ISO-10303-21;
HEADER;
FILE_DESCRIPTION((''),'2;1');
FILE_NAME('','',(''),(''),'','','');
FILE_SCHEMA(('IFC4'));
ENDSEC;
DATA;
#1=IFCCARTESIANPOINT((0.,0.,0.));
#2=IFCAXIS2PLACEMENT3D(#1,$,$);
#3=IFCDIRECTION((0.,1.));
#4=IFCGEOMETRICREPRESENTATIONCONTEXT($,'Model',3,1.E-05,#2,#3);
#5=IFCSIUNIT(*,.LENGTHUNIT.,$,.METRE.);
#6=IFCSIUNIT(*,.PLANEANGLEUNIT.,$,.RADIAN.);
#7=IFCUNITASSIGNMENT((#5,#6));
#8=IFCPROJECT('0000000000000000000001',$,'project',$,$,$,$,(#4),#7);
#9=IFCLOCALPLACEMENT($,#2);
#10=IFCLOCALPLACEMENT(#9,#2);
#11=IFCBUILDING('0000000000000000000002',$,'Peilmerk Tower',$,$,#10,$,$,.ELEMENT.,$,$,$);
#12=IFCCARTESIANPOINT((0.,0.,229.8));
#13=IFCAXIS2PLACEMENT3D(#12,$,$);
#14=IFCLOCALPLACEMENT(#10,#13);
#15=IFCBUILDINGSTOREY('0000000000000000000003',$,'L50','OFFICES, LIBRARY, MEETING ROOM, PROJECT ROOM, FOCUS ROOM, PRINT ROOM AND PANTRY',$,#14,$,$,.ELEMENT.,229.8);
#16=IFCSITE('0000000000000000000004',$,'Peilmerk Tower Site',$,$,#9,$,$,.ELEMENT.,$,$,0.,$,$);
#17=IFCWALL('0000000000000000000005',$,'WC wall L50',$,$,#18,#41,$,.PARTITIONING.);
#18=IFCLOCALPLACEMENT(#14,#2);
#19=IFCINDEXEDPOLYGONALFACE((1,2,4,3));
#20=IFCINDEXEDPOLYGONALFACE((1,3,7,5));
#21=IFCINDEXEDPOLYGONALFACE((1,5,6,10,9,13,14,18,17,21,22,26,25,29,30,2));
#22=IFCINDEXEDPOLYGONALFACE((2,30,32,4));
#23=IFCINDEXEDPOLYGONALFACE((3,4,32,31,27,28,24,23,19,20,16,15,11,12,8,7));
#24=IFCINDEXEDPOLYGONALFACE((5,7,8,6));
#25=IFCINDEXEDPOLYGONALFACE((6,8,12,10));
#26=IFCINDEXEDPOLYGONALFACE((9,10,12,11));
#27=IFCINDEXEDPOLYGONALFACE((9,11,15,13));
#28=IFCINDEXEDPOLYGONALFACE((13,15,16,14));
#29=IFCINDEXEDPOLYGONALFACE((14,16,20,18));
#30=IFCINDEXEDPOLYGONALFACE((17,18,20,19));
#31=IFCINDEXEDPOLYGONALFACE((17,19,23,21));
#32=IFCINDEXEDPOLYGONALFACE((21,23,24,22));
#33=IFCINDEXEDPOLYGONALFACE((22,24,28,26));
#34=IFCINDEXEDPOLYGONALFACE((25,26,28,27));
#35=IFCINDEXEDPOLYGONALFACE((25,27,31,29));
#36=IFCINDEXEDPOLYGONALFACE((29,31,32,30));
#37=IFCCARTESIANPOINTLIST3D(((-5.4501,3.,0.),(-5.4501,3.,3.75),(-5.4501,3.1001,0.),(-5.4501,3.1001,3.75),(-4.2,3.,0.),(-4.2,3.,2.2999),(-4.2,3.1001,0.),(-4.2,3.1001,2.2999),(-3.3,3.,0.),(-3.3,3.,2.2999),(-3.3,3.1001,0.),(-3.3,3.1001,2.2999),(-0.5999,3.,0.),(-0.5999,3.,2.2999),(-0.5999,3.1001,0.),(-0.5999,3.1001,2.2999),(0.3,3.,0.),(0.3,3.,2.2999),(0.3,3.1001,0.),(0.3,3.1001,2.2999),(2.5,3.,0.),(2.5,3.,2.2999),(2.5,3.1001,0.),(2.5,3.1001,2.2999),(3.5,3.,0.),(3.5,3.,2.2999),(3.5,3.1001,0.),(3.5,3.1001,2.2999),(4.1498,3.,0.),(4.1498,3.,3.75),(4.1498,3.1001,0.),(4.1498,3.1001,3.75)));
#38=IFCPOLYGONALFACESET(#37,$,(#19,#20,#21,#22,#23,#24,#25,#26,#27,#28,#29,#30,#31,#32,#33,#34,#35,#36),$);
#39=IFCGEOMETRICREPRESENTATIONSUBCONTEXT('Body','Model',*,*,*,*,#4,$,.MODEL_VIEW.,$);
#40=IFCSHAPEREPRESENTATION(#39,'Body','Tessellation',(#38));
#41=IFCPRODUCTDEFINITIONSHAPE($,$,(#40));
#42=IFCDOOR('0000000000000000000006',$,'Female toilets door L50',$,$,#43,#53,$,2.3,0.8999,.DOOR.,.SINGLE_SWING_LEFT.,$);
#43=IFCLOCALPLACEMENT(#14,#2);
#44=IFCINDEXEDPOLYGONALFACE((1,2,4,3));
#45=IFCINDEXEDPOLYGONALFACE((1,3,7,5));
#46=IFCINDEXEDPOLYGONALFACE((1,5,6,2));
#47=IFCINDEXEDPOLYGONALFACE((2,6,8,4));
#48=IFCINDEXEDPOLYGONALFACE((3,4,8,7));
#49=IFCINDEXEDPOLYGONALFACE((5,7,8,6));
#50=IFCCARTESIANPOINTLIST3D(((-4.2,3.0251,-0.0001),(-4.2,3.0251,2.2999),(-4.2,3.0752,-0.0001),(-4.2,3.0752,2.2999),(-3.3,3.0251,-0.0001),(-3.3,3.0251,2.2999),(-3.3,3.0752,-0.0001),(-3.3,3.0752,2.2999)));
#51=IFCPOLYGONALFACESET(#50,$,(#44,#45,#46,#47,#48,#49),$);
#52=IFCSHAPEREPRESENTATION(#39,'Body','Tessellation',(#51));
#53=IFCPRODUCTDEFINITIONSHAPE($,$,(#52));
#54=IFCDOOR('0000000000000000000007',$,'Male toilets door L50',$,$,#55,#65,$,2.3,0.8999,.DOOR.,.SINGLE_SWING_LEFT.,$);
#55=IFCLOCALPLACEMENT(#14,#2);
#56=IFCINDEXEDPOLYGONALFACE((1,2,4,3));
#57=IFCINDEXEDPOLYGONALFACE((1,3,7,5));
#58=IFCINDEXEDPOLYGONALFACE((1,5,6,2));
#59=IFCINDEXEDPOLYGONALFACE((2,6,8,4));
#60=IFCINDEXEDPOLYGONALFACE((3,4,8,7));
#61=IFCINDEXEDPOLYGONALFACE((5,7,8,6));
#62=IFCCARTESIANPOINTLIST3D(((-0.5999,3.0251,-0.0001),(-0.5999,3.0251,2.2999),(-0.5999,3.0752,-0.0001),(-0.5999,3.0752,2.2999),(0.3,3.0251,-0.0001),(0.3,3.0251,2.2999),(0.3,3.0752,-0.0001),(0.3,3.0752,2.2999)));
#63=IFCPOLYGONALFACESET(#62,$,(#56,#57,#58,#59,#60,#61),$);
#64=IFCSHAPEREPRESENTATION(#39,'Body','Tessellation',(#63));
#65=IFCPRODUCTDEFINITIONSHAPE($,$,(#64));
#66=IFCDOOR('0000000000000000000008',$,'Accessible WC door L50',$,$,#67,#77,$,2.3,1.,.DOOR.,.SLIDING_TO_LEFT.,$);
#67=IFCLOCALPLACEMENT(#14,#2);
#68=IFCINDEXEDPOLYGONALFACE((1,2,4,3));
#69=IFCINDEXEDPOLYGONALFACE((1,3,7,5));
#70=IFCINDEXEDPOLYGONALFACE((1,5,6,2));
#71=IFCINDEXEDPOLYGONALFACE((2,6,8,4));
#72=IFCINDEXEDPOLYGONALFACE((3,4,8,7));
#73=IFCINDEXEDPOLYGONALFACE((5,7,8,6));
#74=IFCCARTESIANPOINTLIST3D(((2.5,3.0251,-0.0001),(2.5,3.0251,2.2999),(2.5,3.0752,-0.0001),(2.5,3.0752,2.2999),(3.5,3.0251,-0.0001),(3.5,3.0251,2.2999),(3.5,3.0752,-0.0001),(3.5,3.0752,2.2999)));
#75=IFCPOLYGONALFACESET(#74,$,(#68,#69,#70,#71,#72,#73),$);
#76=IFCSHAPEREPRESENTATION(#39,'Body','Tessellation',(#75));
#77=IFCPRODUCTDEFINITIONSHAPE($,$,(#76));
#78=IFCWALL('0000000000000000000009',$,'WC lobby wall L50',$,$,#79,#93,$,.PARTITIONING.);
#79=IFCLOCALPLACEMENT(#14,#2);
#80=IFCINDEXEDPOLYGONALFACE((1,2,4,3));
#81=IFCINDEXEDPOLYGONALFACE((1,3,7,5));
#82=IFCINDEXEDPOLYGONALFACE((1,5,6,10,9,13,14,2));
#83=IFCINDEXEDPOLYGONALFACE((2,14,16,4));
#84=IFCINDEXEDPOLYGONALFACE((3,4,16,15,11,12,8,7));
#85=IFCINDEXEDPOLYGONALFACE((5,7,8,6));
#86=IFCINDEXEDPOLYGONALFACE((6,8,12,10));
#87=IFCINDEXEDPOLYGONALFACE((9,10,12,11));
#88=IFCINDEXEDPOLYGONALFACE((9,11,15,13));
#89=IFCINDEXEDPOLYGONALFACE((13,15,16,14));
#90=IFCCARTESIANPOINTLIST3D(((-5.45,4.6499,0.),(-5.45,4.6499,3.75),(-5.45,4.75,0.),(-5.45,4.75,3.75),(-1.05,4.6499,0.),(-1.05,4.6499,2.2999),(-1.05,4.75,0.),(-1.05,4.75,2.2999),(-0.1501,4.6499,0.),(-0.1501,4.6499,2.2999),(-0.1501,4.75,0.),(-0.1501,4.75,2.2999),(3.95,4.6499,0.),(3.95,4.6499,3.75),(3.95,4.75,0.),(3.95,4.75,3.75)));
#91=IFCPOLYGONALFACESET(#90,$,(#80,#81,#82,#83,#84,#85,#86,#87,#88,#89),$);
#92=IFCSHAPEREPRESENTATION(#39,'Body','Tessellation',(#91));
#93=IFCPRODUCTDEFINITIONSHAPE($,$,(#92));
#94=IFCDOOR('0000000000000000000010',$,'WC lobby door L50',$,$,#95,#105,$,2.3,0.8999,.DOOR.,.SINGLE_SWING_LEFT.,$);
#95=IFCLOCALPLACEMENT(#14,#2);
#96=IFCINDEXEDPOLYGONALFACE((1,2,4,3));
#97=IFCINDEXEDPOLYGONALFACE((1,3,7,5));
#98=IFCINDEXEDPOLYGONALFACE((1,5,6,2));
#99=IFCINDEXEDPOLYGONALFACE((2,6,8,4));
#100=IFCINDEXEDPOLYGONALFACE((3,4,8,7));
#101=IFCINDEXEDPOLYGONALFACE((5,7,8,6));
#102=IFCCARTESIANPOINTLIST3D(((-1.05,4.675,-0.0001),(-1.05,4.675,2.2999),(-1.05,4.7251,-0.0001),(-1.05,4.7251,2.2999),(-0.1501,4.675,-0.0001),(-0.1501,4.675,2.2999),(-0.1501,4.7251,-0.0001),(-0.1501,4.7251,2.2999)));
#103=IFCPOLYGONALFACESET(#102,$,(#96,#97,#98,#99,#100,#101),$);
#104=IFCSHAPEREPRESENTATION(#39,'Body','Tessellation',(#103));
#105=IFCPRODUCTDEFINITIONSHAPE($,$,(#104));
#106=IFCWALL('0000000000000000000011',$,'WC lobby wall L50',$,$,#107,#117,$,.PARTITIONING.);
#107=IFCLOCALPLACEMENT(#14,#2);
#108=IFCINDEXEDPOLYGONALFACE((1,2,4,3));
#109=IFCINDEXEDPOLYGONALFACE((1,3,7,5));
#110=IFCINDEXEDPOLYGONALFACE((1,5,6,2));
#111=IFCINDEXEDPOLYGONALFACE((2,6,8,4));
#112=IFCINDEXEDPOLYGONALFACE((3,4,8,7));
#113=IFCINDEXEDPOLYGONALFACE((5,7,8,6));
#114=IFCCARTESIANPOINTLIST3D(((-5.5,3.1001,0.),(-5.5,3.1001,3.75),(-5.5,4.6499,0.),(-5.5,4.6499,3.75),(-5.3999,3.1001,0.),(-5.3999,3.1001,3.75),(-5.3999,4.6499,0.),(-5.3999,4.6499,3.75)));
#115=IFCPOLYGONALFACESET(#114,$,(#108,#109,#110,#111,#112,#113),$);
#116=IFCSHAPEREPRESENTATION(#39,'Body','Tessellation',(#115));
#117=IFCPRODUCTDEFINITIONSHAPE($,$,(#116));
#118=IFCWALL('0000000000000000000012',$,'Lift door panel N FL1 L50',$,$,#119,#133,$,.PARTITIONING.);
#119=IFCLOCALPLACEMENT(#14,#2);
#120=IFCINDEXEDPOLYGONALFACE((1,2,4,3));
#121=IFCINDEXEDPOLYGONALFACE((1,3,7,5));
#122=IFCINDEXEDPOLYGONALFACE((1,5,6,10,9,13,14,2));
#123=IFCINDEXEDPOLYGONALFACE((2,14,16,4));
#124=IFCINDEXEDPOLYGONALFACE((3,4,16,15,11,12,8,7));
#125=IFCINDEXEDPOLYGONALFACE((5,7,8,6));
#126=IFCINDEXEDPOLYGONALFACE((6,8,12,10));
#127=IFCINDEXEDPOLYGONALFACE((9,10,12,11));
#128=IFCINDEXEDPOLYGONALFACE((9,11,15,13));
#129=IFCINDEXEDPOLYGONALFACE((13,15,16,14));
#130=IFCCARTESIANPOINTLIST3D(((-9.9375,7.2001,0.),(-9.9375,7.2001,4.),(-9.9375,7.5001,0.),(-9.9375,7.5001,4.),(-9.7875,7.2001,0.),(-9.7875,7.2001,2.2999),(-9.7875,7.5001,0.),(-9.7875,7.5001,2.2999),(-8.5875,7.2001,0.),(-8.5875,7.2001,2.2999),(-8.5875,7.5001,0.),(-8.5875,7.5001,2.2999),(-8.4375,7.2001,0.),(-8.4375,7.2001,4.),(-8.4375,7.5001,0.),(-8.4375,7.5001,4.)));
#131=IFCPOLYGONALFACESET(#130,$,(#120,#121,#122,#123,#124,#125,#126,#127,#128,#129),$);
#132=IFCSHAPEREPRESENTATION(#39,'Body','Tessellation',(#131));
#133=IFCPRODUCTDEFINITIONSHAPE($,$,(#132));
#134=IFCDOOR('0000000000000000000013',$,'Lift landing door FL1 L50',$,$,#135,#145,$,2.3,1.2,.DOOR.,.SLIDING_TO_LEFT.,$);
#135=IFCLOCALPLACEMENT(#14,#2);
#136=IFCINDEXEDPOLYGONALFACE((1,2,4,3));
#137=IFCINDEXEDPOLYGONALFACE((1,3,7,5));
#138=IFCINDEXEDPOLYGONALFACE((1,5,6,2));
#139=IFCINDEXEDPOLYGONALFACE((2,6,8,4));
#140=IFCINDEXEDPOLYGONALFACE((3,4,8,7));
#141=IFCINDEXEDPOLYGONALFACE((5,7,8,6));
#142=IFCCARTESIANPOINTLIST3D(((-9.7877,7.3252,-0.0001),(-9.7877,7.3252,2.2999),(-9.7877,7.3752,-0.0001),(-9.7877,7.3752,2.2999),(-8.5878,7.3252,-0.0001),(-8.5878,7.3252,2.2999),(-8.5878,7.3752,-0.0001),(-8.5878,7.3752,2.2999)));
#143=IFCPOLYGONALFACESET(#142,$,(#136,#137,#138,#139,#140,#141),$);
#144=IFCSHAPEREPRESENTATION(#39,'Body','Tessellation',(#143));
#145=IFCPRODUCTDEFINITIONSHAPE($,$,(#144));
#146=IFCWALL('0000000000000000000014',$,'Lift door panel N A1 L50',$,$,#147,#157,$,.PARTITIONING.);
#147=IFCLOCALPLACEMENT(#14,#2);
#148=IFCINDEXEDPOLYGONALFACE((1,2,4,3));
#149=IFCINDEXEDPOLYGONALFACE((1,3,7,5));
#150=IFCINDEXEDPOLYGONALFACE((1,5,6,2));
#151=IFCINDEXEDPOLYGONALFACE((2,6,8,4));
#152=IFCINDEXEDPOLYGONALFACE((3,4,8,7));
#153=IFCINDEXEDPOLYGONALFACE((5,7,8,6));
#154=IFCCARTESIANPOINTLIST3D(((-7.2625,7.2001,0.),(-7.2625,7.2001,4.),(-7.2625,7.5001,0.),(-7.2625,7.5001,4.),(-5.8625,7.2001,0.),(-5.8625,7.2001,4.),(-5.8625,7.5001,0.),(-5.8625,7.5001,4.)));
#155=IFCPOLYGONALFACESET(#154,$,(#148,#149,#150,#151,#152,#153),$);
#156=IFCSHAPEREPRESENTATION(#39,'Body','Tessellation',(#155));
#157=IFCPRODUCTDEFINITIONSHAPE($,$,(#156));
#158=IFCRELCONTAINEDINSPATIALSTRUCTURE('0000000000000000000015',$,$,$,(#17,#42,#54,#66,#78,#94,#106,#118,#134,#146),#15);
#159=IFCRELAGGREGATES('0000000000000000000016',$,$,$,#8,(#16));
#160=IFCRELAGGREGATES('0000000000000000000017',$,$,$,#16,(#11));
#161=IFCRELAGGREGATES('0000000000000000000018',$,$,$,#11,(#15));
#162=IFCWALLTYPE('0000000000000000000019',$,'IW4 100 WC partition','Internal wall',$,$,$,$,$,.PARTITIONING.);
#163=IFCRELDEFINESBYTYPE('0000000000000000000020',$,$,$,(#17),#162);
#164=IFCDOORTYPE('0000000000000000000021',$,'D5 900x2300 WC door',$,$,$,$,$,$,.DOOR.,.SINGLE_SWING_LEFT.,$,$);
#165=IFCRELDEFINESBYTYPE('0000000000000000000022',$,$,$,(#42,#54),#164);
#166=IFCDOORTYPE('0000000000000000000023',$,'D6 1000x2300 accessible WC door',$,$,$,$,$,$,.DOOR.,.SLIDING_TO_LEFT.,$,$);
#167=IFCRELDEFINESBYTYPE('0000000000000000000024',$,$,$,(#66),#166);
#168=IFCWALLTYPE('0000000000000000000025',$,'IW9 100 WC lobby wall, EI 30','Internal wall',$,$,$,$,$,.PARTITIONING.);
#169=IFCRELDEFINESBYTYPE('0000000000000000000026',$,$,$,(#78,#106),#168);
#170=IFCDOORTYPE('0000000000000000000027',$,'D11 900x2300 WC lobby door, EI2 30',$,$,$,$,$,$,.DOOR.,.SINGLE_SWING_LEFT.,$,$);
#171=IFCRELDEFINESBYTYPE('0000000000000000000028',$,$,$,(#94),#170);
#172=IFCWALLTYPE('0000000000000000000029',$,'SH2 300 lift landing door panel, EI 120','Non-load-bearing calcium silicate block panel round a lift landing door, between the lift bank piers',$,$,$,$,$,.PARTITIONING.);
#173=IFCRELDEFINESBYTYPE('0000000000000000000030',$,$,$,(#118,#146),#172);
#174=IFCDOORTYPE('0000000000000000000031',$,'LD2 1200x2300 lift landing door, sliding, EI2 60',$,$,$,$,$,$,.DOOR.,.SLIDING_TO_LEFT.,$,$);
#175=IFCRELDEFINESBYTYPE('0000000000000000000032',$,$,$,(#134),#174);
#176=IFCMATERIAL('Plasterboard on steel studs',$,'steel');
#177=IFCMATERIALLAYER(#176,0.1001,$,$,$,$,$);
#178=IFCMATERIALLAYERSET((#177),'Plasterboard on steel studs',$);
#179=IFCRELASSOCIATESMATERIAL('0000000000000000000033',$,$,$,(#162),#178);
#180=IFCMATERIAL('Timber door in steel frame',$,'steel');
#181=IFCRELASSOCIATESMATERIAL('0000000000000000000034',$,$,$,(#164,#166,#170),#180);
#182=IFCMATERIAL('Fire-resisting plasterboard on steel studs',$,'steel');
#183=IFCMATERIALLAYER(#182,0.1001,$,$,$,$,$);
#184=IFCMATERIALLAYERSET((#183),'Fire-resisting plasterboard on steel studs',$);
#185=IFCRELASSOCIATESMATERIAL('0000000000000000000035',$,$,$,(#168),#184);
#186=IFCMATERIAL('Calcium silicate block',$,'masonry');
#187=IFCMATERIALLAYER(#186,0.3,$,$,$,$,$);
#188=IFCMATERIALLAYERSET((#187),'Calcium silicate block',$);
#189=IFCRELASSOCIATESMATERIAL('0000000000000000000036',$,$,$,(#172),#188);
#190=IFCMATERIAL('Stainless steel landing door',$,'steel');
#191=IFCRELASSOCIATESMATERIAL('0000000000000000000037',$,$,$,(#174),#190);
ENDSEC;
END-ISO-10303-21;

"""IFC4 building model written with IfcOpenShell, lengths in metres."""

from ifc_helpers import new_model, si_unit, direction, frame, frame_2d, origin, place, context, subcontext, project, spatial, rectangle, extrude, material, layer, layer_set, type_object, element, fill, save


model = new_model("IFC4")

# Units and contexts
model_context = context("Model", 3, precision=1e-05, world=origin(), true_north=direction((0.0, 1.0)))
body_context = subcontext(model_context, "Body", "Model", "MODEL_VIEW")
ifc_project = project(units=[si_unit("LENGTHUNIT", "METRE"), si_unit("PLANEANGLEUNIT", "RADIAN")], contexts=[model_context])

# Site, building, storey
site_placement = place(None, origin())
site = spatial("IfcSite", under=ifc_project, at=site_placement, Name="Peilmerk Tower Site", CompositionType="ELEMENT", RefElevation=0.0)
building_placement = place(site_placement, origin())
building = spatial("IfcBuilding", under=site, at=building_placement, Name="Peilmerk Tower", CompositionType="ELEMENT")
storey_placement = place(building_placement, frame((0.0, 0.0, 229.8)))
storey = spatial("IfcBuildingStorey", under=building, at=storey_placement, Name="L50", Description="OFFICES, LIBRARY, MEETING ROOM, PROJECT ROOM, FOCUS ROOM, PRINT ROOM AND PANTRY", CompositionType="ELEMENT", Elevation=229.8)

# Wall, openings, doors
ifc_material_1 = material(Name="Plasterboard on steel studs", Category="steel")
ifc_layer_1 = layer(ifc_material_1, 0.1001)
ifc_layer_set_1 = layer_set([ifc_layer_1], Name="Plasterboard on steel studs")
wall_type_1 = type_object("IfcWallType", Name="IW4 100 WC partition", Description="Internal wall", PredefinedType="PARTITIONING", material=ifc_layer_set_1)
wall_1_placement = place(storey_placement, frame((-5.45, 3.05, 0.0), z_axis=(0.0, 0.0, 1.0), x_axis=(1.0, 0.0, 0.0)))
wall_1 = element("IfcWall", 1, at=wall_1_placement, inside=storey, type_object=wall_type_1, Name="WC wall L50", PredefinedType="PARTITIONING", context=body_context, shape_type="SweptSolid", body=[
    extrude(rectangle(XDim=9.5999, YDim=0.1001, at=frame_2d((4.7998, 0.0))), origin(), (0.0, 0.0, 1.0), 3.75),
])
opening_1_placement = place(wall_1_placement, frame((1.25, 0.0, 0.0)))
opening_1 = element("IfcOpeningElement", 2, at=opening_1_placement, cuts=wall_1, PredefinedType="OPENING", context=body_context, shape_type="SweptSolid", body=[
    extrude(rectangle(XDim=0.8999, YDim=2.3, at=frame_2d((0.45, 1.1499))), frame((0.0, 0.0601, 0.0), z_axis=(0.0, -1.0, 0.0), x_axis=(1.0, 0.0, 0.0)), (0.0, 0.0, 1.0), 0.1201),
])
opening_2_placement = place(wall_1_placement, frame((4.8501, 0.0, 0.0)))
opening_2 = element("IfcOpeningElement", 3, at=opening_2_placement, cuts=wall_1, PredefinedType="OPENING", context=body_context, shape_type="SweptSolid", body=[
    extrude(rectangle(XDim=0.8999, YDim=2.3, at=frame_2d((0.45, 1.1499))), frame((0.0, 0.0601, 0.0), z_axis=(0.0, -1.0, 0.0), x_axis=(1.0, 0.0, 0.0)), (0.0, 0.0, 1.0), 0.1201),
])
opening_3_placement = place(wall_1_placement, frame((7.95, 0.0, 0.0)))
opening_3 = element("IfcOpeningElement", 4, at=opening_3_placement, cuts=wall_1, PredefinedType="OPENING", context=body_context, shape_type="SweptSolid", body=[
    extrude(rectangle(XDim=1.0, YDim=2.3, at=frame_2d((0.5, 1.1499))), frame((0.0, 0.0601, 0.0), z_axis=(0.0, -1.0, 0.0), x_axis=(1.0, 0.0, 0.0)), (0.0, 0.0, 1.0), 0.1201),
])
ifc_material_2 = material(Name="Timber door in steel frame", Category="steel")
door_type_1 = type_object("IfcDoorType", Name="D5 900x2300 WC door", OperationType="SINGLE_SWING_LEFT", PredefinedType="DOOR", material=ifc_material_2)
door_1_placement = place(opening_1_placement, frame((0.8999, 0.0, 0.0), z_axis=(0.0, 0.0, 1.0), x_axis=(-1.0, 0.0, 0.0)))
door_1 = element("IfcDoor", 5, at=door_1_placement, inside=storey, type_object=door_type_1, Name="Female toilets door L50", OperationType="SINGLE_SWING_LEFT", OverallHeight=2.3, OverallWidth=0.8999, PredefinedType="DOOR", context=body_context, shape_type="SweptSolid", body=[
    extrude(rectangle(XDim=0.8999, YDim=2.3, at=frame_2d((0.45, 1.1499))), frame((0.0, 0.0249, 0.0), z_axis=(0.0, -1.0, 0.0), x_axis=(1.0, 0.0, 0.0)), (0.0, 0.0, 1.0), 0.05),
])
fill(opening_1, door_1)
door_2_placement = place(opening_2_placement, frame((0.8999, 0.0, 0.0), z_axis=(0.0, 0.0, 1.0), x_axis=(-1.0, 0.0, 0.0)))
door_2 = element("IfcDoor", 6, at=door_2_placement, inside=storey, type_object=door_type_1, Name="Male toilets door L50", OperationType="SINGLE_SWING_LEFT", OverallHeight=2.3, OverallWidth=0.8999, PredefinedType="DOOR", context=body_context, shape_type="SweptSolid", body=[
    extrude(rectangle(XDim=0.8999, YDim=2.3, at=frame_2d((0.45, 1.1499))), frame((0.0, 0.0249, 0.0), z_axis=(0.0, -1.0, 0.0), x_axis=(1.0, 0.0, 0.0)), (0.0, 0.0, 1.0), 0.05),
])
fill(opening_2, door_2)
door_type_2 = type_object("IfcDoorType", Name="D6 1000x2300 accessible WC door", OperationType="SLIDING_TO_LEFT", PredefinedType="DOOR", material=ifc_material_2)
door_3_placement = place(opening_3_placement, frame((1.0, 0.0, 0.0), z_axis=(0.0, 0.0, 1.0), x_axis=(-1.0, 0.0, 0.0)))
door_3 = element("IfcDoor", 7, at=door_3_placement, inside=storey, type_object=door_type_2, Name="Accessible WC door L50", OperationType="SLIDING_TO_LEFT", OverallHeight=2.3, OverallWidth=1.0, PredefinedType="DOOR", context=body_context, shape_type="SweptSolid", body=[
    extrude(rectangle(XDim=1.0, YDim=2.3, at=frame_2d((0.5, 1.1499))), frame((0.0, 0.0249, 0.0), z_axis=(0.0, -1.0, 0.0), x_axis=(1.0, 0.0, 0.0)), (0.0, 0.0, 1.0), 0.05),
])
fill(opening_3, door_3)

# Wall, opening, door
ifc_material_3 = material(Name="Fire-resisting plasterboard on steel studs", Category="steel")
ifc_layer_2 = layer(ifc_material_3, 0.1001)
ifc_layer_set_2 = layer_set([ifc_layer_2], Name="Fire-resisting plasterboard on steel studs")
wall_type_2 = type_object("IfcWallType", Name="IW9 100 WC lobby wall, EI 30", Description="Internal wall", PredefinedType="PARTITIONING", material=ifc_layer_set_2)
wall_2_placement = place(storey_placement, frame((-5.45, 4.7, 0.0), z_axis=(0.0, 0.0, 1.0), x_axis=(1.0, 0.0, 0.0)))
wall_2 = element("IfcWall", 8, at=wall_2_placement, inside=storey, type_object=wall_type_2, Name="WC lobby wall L50", PredefinedType="PARTITIONING", context=body_context, shape_type="SweptSolid", body=[
    extrude(rectangle(XDim=9.3999, YDim=0.1001, at=frame_2d((4.7, 0.0))), origin(), (0.0, 0.0, 1.0), 3.75),
])
opening_4_placement = place(wall_2_placement, frame((4.3999, 0.0, 0.0)))
opening_4 = element("IfcOpeningElement", 9, at=opening_4_placement, cuts=wall_2, PredefinedType="OPENING", context=body_context, shape_type="SweptSolid", body=[
    extrude(rectangle(XDim=0.8999, YDim=2.3, at=frame_2d((0.45, 1.1499))), frame((0.0, 0.0601, 0.0), z_axis=(0.0, -1.0, 0.0), x_axis=(1.0, 0.0, 0.0)), (0.0, 0.0, 1.0), 0.1201),
])
door_type_3 = type_object("IfcDoorType", Name="D11 900x2300 WC lobby door, EI2 30", OperationType="SINGLE_SWING_LEFT", PredefinedType="DOOR", material=ifc_material_2)
door_4_placement = place(opening_4_placement, frame((0.8999, 0.0, 0.0), z_axis=(0.0, 0.0, 1.0), x_axis=(-1.0, 0.0, 0.0)))
door_4 = element("IfcDoor", 10, at=door_4_placement, inside=storey, type_object=door_type_3, Name="WC lobby door L50", OperationType="SINGLE_SWING_LEFT", OverallHeight=2.3, OverallWidth=0.8999, PredefinedType="DOOR", context=body_context, shape_type="SweptSolid", body=[
    extrude(rectangle(XDim=0.8999, YDim=2.3, at=frame_2d((0.45, 1.1499))), frame((0.0, 0.0249, 0.0), z_axis=(0.0, -1.0, 0.0), x_axis=(1.0, 0.0, 0.0)), (0.0, 0.0, 1.0), 0.05),
])
fill(opening_4, door_4)

# Wall
wall_3_placement = place(storey_placement, frame((-5.45, 3.1001, 0.0), z_axis=(0.0, 0.0, 1.0), x_axis=(0.0, 1.0, 0.0)))
element("IfcWall", 11, at=wall_3_placement, inside=storey, type_object=wall_type_2, Name="WC lobby wall L50", PredefinedType="PARTITIONING", context=body_context, shape_type="SweptSolid", body=[
    extrude(rectangle(XDim=1.5498, YDim=0.1001, at=frame_2d((0.7749, 0.0))), origin(), (0.0, 0.0, 1.0), 3.75),
])

# Wall, opening, door
ifc_material_4 = material(Name="Calcium silicate block", Category="masonry")
ifc_layer_3 = layer(ifc_material_4, 0.3)
ifc_layer_set_3 = layer_set([ifc_layer_3], Name="Calcium silicate block")
wall_type_3 = type_object("IfcWallType", Name="SH2 300 lift landing door panel, EI 120", Description="Non-load-bearing calcium silicate block panel round a lift landing door, between the lift bank piers", PredefinedType="PARTITIONING", material=ifc_layer_set_3)
wall_4_placement = place(storey_placement, frame((-9.9375, 7.3501, 0.0), z_axis=(0.0, 0.0, 1.0), x_axis=(1.0, 0.0, 0.0)))
wall_4 = element("IfcWall", 12, at=wall_4_placement, inside=storey, type_object=wall_type_3, Name="Lift door panel N FL1 L50", PredefinedType="PARTITIONING", context=body_context, shape_type="SweptSolid", body=[
    extrude(rectangle(XDim=1.5, YDim=0.3, at=frame_2d((0.75, 0.0))), origin(), (0.0, 0.0, 1.0), 4.0),
])
opening_5_placement = place(wall_4_placement, frame((0.1499, 0.0, 0.0)))
opening_5 = element("IfcOpeningElement", 13, at=opening_5_placement, cuts=wall_4, PredefinedType="OPENING", context=body_context, shape_type="SweptSolid", body=[
    extrude(rectangle(XDim=1.2, YDim=2.3, at=frame_2d((0.6001, 1.1499))), frame((0.0, 0.1599, 0.0), z_axis=(0.0, -1.0, 0.0), x_axis=(1.0, 0.0, 0.0)), (0.0, 0.0, 1.0), 0.3201),
])
ifc_material_5 = material(Name="Stainless steel landing door", Category="steel")
door_type_4 = type_object("IfcDoorType", Name="LD2 1200x2300 lift landing door, sliding, EI2 60", OperationType="SLIDING_TO_LEFT", PredefinedType="DOOR", material=ifc_material_5)
door_5_placement = place(opening_5_placement, frame((1.2, 0.0, 0.0), z_axis=(0.0, 0.0, 1.0), x_axis=(-1.0, 0.0, 0.0)))
door_5 = element("IfcDoor", 14, at=door_5_placement, inside=storey, type_object=door_type_4, Name="Lift landing door FL1 L50", OperationType="SLIDING_TO_LEFT", OverallHeight=2.3, OverallWidth=1.2, PredefinedType="DOOR", context=body_context, shape_type="SweptSolid", body=[
    extrude(rectangle(XDim=1.2, YDim=2.3, at=frame_2d((0.6001, 1.1499))), frame((0.0, 0.0249, 0.0), z_axis=(0.0, -1.0, 0.0), x_axis=(1.0, 0.0, 0.0)), (0.0, 0.0, 1.0), 0.05),
])
fill(opening_5, door_5)

# Wall
wall_5_placement = place(storey_placement, frame((-7.2625, 7.3501, 0.0), z_axis=(0.0, 0.0, 1.0), x_axis=(1.0, 0.0, 0.0)))
element("IfcWall", 15, at=wall_5_placement, inside=storey, type_object=wall_type_3, Name="Lift door panel N A1 L50", PredefinedType="PARTITIONING", context=body_context, shape_type="SweptSolid", body=[
    extrude(rectangle(XDim=1.3999, YDim=0.3, at=frame_2d((0.7, 0.0))), origin(), (0.0, 0.0, 1.0), 4.0),
])

save(model, "model.ifc")
